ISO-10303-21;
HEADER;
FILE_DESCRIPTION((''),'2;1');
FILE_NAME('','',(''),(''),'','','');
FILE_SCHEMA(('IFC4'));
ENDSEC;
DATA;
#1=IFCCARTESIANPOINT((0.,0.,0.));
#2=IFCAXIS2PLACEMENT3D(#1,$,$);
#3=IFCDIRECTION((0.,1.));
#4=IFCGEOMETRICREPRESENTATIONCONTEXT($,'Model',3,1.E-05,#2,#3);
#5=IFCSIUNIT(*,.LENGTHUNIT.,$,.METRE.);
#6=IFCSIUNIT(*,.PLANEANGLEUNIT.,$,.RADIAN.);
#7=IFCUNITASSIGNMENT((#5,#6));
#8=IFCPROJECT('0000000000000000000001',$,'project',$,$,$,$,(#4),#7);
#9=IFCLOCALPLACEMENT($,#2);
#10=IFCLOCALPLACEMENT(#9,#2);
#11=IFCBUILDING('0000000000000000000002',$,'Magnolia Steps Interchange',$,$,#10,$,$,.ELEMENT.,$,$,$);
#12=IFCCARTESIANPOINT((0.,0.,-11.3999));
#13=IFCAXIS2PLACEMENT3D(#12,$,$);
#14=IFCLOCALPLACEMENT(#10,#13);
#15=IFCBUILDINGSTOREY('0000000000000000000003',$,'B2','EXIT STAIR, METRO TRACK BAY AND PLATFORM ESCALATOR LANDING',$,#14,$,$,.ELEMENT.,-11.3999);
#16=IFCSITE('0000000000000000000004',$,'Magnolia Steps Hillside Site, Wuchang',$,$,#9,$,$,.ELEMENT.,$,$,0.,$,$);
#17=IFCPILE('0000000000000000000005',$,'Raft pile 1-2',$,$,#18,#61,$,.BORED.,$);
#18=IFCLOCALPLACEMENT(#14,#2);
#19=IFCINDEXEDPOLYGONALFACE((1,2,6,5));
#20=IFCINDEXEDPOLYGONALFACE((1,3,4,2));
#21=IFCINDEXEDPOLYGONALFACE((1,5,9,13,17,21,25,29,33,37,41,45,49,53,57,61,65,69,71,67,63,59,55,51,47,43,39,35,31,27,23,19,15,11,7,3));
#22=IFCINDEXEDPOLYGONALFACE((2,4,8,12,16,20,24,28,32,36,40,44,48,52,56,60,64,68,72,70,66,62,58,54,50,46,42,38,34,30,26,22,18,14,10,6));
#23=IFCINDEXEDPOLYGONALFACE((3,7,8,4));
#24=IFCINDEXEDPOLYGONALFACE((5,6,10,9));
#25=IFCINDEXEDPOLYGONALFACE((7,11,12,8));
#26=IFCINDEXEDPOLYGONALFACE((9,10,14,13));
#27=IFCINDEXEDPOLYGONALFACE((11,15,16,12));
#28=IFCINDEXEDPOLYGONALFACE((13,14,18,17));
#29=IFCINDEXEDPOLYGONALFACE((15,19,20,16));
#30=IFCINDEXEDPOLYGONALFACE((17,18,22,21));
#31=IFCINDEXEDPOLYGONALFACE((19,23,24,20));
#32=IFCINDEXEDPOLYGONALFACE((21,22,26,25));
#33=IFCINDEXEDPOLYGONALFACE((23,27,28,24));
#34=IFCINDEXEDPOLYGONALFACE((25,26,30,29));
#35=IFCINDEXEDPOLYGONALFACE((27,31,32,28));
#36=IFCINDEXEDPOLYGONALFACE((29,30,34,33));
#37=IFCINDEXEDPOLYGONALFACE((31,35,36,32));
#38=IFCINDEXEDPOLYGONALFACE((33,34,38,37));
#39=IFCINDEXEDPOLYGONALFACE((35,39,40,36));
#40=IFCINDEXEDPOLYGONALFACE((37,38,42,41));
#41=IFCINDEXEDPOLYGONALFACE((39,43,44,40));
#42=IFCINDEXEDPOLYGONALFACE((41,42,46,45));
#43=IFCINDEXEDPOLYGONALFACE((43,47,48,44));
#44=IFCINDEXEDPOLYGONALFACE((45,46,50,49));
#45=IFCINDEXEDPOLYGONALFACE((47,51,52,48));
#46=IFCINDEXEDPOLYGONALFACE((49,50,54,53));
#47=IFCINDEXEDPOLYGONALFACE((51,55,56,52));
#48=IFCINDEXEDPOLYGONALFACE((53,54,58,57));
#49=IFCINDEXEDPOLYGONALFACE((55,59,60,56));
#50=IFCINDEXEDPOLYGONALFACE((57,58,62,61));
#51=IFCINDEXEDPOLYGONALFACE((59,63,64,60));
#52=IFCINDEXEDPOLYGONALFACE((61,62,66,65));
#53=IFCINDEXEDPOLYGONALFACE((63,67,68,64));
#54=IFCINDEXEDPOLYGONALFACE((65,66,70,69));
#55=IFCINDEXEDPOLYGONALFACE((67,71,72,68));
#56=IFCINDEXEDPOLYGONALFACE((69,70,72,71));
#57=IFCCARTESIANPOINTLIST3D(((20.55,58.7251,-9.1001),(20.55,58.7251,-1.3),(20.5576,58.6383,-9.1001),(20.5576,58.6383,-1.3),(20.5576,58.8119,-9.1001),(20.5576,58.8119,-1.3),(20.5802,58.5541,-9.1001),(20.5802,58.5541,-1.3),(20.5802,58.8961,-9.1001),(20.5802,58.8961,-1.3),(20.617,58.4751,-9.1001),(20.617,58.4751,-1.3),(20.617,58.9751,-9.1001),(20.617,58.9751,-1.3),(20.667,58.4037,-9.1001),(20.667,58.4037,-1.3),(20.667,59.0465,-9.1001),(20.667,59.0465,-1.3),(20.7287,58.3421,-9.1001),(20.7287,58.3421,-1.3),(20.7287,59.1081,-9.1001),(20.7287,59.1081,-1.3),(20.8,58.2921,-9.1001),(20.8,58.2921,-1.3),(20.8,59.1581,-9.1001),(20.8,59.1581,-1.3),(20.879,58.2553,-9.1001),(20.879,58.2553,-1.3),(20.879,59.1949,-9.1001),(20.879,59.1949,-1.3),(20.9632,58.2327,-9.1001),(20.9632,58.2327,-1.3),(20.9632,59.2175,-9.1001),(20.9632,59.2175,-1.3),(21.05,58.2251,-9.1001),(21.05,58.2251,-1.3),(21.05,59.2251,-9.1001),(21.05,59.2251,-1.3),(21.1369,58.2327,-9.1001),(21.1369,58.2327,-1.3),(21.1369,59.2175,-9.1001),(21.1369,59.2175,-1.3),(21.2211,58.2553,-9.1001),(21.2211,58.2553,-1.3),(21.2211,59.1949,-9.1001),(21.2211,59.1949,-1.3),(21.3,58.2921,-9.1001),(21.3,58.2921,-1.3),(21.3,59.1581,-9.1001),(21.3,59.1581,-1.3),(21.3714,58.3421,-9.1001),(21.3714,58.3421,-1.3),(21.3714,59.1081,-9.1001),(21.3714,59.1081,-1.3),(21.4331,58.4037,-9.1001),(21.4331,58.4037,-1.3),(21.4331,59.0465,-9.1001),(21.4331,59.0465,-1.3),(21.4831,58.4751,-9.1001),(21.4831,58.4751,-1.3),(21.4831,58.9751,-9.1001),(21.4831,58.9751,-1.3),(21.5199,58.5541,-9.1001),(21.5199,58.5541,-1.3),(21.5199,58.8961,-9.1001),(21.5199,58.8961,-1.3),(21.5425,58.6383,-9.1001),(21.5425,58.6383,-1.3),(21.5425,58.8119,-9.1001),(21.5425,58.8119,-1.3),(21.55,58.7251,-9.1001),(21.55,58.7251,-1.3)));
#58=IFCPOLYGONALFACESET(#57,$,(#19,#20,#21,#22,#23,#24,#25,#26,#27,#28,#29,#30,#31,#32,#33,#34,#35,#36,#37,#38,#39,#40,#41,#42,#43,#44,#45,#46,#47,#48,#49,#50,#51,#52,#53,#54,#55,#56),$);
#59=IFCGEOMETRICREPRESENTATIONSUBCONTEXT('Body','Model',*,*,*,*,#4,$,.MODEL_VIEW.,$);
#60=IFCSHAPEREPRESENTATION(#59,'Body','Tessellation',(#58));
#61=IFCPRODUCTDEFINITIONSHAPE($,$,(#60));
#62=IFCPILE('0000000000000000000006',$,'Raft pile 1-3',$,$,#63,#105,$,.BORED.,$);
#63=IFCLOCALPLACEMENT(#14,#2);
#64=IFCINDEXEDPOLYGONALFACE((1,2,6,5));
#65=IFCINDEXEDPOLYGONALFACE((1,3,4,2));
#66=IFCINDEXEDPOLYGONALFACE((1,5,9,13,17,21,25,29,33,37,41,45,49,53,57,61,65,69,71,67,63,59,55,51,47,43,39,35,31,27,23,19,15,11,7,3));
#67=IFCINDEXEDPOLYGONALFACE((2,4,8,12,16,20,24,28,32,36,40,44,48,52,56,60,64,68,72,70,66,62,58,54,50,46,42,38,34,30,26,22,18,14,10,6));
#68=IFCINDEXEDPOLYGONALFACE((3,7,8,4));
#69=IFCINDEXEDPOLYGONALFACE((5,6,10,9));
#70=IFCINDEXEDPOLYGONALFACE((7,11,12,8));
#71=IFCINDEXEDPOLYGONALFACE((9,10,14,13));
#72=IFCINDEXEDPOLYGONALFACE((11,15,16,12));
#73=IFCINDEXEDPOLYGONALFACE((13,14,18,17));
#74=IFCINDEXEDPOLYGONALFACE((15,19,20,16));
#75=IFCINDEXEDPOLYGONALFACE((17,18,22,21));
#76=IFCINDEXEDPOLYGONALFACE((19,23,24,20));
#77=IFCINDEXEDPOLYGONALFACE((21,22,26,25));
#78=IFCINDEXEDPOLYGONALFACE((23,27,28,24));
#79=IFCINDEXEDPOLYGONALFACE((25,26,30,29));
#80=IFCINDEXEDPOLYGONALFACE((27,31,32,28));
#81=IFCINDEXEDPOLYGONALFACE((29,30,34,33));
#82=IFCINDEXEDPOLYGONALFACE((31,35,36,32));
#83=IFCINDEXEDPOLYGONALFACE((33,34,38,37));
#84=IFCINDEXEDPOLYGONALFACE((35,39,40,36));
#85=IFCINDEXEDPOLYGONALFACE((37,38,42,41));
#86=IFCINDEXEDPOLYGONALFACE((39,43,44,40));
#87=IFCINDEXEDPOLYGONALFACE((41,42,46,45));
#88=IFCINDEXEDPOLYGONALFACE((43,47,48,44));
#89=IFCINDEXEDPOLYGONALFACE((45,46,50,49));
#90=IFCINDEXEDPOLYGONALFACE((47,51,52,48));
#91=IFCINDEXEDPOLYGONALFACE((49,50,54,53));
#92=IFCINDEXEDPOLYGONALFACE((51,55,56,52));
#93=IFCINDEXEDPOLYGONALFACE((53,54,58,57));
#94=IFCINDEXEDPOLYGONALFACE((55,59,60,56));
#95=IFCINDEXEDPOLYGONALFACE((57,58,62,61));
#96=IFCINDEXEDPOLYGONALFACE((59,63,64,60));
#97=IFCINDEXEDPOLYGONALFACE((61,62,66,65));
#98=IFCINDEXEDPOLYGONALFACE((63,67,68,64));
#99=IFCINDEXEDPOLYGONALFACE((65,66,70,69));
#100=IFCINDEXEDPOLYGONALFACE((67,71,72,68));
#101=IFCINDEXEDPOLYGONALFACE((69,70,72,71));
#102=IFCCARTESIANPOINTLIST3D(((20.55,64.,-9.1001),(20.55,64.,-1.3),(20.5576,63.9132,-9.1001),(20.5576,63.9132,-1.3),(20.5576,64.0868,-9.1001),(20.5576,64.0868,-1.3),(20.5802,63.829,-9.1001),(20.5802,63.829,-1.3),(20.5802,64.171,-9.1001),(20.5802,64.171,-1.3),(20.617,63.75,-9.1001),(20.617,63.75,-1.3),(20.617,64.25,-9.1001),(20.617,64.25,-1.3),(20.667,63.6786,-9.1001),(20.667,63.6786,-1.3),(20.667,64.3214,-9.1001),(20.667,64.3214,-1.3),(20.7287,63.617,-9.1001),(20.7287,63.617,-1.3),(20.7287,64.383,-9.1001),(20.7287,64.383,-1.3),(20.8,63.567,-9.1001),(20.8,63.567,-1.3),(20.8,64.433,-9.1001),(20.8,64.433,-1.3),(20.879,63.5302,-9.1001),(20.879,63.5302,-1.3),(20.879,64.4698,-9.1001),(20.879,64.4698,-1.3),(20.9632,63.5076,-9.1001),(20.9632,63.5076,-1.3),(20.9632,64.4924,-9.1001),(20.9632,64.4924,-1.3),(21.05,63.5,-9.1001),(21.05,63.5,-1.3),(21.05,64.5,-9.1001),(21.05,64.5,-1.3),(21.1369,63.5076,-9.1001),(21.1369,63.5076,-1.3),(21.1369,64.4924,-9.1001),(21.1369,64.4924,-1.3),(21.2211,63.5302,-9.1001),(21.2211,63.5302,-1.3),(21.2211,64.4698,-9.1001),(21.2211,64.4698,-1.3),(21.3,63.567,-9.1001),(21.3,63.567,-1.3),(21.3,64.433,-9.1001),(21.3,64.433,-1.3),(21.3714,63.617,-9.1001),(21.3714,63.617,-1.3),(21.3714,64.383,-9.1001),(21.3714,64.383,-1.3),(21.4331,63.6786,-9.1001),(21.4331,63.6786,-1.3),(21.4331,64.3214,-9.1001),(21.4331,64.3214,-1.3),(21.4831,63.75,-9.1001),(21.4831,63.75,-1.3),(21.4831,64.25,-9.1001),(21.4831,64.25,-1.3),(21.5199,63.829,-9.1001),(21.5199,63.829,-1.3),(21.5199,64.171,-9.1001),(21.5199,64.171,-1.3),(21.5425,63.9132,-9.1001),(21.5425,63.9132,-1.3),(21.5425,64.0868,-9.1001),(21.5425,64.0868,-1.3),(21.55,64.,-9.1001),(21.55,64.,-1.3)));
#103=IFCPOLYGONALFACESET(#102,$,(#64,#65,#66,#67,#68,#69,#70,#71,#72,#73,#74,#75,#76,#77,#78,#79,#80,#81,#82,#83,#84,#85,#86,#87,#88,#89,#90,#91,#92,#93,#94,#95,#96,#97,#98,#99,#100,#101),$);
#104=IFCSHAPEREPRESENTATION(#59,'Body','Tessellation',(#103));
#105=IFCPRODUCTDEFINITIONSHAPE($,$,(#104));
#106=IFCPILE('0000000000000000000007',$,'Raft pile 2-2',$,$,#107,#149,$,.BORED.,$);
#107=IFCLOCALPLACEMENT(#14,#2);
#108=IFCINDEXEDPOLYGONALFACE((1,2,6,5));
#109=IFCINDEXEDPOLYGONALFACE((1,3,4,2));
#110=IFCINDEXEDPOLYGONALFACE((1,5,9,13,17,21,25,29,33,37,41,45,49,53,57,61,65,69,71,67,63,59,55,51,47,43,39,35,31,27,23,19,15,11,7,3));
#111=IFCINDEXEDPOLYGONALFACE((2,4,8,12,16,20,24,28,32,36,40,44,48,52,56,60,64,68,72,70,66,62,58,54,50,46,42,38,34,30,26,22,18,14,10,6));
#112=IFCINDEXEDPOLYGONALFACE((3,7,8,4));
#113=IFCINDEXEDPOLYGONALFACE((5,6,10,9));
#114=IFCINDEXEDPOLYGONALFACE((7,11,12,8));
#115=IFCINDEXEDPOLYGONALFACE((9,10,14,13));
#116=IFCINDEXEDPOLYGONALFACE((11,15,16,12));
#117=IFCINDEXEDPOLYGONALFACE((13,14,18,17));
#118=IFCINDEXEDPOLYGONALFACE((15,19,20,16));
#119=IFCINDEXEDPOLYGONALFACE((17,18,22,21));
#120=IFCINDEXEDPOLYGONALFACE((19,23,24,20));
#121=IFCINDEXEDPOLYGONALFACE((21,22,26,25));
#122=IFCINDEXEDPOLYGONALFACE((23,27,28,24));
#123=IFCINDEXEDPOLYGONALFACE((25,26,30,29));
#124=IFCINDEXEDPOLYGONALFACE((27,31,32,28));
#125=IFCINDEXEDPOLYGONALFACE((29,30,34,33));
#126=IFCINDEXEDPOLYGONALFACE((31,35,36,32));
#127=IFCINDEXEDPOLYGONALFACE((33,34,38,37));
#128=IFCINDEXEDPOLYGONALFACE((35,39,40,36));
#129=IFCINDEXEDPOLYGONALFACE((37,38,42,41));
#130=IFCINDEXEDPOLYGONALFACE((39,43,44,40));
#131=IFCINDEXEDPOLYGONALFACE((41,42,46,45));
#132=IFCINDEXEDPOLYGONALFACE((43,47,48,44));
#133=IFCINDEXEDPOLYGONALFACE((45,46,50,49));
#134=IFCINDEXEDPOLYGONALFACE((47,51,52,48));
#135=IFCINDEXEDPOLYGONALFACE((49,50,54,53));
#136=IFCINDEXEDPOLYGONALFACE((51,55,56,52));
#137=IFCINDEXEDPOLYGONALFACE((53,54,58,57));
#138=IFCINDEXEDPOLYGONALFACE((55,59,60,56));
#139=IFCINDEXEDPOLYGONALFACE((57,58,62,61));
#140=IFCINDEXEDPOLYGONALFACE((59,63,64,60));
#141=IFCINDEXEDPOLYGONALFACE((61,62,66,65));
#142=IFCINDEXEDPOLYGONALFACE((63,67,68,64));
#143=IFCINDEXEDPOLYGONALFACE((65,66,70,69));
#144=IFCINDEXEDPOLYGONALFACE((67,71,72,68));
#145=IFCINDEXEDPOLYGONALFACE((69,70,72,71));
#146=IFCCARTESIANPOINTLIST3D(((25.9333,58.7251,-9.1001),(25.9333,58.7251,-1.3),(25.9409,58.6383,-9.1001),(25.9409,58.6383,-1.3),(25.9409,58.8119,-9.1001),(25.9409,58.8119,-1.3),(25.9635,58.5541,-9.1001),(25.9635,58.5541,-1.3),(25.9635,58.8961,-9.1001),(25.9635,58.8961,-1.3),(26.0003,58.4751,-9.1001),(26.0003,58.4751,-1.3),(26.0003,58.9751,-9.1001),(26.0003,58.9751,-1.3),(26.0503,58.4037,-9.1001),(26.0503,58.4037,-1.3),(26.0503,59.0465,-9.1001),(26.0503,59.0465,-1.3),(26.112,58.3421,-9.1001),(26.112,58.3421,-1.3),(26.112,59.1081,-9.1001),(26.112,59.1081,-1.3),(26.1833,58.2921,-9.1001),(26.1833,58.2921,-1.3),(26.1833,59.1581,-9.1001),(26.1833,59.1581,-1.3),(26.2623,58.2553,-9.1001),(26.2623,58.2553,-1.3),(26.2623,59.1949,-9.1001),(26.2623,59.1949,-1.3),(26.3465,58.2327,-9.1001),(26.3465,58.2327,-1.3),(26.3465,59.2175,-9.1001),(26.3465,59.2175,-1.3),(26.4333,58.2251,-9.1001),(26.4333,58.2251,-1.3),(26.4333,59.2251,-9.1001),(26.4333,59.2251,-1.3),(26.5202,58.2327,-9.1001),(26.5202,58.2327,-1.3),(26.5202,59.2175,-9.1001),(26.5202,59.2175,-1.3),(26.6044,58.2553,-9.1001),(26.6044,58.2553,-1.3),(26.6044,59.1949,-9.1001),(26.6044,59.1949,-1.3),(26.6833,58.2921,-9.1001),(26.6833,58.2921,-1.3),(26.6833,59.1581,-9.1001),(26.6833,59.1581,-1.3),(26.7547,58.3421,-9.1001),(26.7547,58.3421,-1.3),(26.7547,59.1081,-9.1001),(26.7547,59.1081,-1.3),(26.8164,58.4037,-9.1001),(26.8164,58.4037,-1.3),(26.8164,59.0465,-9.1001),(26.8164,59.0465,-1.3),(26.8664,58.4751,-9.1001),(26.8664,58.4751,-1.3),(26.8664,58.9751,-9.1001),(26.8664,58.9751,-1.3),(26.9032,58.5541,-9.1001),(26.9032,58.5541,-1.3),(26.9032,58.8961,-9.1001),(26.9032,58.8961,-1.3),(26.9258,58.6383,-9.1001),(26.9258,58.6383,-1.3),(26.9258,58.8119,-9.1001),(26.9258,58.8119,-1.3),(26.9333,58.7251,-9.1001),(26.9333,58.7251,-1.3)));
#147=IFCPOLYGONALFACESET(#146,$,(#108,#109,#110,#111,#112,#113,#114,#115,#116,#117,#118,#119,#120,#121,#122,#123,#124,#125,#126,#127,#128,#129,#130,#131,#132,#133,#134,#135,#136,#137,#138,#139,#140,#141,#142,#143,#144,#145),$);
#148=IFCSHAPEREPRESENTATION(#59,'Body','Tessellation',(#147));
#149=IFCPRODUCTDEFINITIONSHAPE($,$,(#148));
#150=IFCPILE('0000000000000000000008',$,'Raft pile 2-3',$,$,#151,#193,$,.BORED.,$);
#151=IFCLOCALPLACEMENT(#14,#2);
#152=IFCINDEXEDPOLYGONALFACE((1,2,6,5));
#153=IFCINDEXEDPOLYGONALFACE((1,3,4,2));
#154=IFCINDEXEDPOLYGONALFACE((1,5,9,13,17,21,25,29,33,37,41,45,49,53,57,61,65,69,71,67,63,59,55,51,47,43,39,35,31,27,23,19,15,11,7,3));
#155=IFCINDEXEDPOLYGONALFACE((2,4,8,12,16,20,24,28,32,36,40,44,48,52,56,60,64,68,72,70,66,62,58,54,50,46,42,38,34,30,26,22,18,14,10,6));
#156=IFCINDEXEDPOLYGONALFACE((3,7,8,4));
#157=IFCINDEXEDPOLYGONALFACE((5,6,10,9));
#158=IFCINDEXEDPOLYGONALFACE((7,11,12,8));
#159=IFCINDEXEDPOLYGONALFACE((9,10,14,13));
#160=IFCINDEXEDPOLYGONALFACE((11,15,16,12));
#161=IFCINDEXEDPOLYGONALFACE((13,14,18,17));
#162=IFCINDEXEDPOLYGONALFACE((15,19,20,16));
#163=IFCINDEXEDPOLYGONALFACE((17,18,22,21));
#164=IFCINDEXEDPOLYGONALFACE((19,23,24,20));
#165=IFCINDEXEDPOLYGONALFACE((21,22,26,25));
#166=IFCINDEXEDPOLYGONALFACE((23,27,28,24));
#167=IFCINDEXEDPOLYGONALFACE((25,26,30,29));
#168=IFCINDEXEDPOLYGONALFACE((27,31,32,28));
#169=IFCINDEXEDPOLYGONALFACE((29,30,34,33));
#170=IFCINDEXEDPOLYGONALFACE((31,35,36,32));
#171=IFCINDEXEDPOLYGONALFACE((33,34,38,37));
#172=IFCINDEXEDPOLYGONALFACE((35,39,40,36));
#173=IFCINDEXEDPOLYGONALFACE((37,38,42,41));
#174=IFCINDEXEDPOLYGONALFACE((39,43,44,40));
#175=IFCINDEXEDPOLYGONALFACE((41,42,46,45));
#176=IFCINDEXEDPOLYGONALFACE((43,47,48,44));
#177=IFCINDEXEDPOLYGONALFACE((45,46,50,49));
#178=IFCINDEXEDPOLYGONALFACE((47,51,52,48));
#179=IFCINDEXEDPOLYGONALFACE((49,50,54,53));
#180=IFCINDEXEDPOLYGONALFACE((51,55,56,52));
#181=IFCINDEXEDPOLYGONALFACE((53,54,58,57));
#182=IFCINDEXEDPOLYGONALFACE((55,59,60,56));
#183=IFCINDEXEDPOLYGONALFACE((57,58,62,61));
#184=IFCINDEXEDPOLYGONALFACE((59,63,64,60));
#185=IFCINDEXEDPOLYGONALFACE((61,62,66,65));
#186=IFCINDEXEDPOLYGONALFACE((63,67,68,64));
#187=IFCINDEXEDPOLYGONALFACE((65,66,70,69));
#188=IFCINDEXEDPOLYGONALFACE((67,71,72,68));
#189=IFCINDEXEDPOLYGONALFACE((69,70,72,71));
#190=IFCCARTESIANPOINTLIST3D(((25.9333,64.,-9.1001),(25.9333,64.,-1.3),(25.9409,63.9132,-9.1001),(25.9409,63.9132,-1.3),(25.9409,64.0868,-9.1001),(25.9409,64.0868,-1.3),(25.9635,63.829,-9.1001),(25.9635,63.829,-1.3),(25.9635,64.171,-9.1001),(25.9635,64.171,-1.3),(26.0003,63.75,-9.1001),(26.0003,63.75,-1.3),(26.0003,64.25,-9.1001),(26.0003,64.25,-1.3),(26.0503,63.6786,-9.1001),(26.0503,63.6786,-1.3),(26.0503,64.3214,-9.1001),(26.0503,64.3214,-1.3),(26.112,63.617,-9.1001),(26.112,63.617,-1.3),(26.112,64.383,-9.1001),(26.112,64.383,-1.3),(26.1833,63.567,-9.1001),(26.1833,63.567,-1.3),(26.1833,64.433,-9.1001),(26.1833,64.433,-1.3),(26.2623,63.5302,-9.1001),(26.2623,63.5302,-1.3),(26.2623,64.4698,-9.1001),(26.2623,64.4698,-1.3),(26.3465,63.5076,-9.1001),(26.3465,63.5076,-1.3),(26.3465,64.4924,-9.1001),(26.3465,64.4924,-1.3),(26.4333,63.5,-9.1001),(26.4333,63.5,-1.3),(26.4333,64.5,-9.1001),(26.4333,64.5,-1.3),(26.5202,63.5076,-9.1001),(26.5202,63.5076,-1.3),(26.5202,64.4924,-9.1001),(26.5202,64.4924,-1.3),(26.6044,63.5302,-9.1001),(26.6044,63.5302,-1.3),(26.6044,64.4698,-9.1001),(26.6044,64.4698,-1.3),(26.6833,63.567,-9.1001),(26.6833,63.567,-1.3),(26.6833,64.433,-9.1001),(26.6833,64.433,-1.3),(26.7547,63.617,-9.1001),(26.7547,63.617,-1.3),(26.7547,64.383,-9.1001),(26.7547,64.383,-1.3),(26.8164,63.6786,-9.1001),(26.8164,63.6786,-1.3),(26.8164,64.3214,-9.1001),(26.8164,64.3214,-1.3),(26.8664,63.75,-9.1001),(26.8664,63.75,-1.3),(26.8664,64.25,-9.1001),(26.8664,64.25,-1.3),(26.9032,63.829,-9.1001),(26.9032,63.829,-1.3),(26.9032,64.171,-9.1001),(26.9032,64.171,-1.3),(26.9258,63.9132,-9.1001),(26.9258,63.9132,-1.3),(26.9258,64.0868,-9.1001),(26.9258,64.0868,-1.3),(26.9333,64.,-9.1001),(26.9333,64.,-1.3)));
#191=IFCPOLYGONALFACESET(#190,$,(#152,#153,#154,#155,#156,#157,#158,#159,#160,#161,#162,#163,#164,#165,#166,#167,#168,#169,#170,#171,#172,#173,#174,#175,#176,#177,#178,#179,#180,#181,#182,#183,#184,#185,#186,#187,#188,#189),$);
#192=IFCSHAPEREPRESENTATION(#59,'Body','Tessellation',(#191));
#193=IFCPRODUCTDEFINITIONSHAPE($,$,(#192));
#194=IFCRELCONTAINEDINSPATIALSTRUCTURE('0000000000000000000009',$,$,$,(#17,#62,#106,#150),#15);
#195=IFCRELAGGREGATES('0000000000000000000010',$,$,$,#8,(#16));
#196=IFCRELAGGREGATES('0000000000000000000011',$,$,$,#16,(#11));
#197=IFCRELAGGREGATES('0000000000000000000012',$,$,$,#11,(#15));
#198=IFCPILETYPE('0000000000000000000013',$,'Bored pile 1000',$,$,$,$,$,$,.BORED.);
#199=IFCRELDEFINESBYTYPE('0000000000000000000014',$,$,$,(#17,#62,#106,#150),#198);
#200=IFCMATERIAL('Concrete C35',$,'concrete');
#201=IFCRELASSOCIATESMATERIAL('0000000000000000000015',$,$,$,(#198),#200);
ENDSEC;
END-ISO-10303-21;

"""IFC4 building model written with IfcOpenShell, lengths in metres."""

from ifc_helpers import new_model, si_unit, direction, frame, origin, origin_2d, place, context, subcontext, project, spatial, circle, extrude, material, material_profile, profile_set, type_object, element, save


model = new_model("IFC4")

# Units and contexts
model_context = context("Model", 3, precision=1e-05, world=origin(), true_north=direction((0.0, 1.0)))
body_context = subcontext(model_context, "Body", "Model", "MODEL_VIEW")
ifc_project = project(units=[si_unit("LENGTHUNIT", "METRE"), si_unit("PLANEANGLEUNIT", "RADIAN")], contexts=[model_context])

# Site, building, storey
site_placement = place(None, origin())
site = spatial("IfcSite", under=ifc_project, at=site_placement, Name="Magnolia Steps Hillside Site, Wuchang", CompositionType="ELEMENT", RefElevation=0.0)
building_placement = place(site_placement, origin())
building = spatial("IfcBuilding", under=site, at=building_placement, Name="Magnolia Steps Interchange", CompositionType="ELEMENT")
storey_placement = place(building_placement, frame((0.0, 0.0, -11.3999)))
storey = spatial("IfcBuildingStorey", under=building, at=storey_placement, Name="B2", Description="EXIT STAIR, METRO TRACK BAY AND PLATFORM ESCALATOR LANDING", CompositionType="ELEMENT", Elevation=-11.3999)

# Piles
ifc_material_1 = material(Name="Concrete C35", Category="concrete")
ifc_material_profile_1 = material_profile(ifc_material_1, circle(Radius=0.5, at=origin_2d()), Name="Bored pile 1000")
ifc_profile_set_1 = profile_set([ifc_material_profile_1], Name="Concrete C35")
pile_type_1 = type_object("IfcPileType", Name="Bored pile 1000", PredefinedType="BORED", material=ifc_profile_set_1)
for number, where, z_axis, x_axis, name in (
    (1, (21.05, 58.7251, -1.3), (0.0, 0.0, -1.0), (1.0, 0.0, 0.0), "Raft pile 1-2"),
    (2, (21.05, 64.0, -1.3), (0.0, 0.0, -1.0), (1.0, 0.0, 0.0), "Raft pile 1-3"),
    (3, (26.4333, 58.7251, -1.3), (0.0, 0.0, -1.0), (1.0, 0.0, 0.0), "Raft pile 2-2"),
    (4, (26.4333, 64.0, -1.3), (0.0, 0.0, -1.0), (1.0, 0.0, 0.0), "Raft pile 2-3"),
):
    element("IfcPile", number, at=place(storey_placement, frame(where, z_axis=z_axis, x_axis=x_axis)), inside=storey, type_object=pile_type_1, Name=name, PredefinedType="BORED", context=body_context, shape_type="SweptSolid", body=[
        extrude(circle(Radius=0.5, at=origin_2d()), origin(), (0.0, 0.0, 1.0), 7.8),
    ])

save(model, "model.ifc")
